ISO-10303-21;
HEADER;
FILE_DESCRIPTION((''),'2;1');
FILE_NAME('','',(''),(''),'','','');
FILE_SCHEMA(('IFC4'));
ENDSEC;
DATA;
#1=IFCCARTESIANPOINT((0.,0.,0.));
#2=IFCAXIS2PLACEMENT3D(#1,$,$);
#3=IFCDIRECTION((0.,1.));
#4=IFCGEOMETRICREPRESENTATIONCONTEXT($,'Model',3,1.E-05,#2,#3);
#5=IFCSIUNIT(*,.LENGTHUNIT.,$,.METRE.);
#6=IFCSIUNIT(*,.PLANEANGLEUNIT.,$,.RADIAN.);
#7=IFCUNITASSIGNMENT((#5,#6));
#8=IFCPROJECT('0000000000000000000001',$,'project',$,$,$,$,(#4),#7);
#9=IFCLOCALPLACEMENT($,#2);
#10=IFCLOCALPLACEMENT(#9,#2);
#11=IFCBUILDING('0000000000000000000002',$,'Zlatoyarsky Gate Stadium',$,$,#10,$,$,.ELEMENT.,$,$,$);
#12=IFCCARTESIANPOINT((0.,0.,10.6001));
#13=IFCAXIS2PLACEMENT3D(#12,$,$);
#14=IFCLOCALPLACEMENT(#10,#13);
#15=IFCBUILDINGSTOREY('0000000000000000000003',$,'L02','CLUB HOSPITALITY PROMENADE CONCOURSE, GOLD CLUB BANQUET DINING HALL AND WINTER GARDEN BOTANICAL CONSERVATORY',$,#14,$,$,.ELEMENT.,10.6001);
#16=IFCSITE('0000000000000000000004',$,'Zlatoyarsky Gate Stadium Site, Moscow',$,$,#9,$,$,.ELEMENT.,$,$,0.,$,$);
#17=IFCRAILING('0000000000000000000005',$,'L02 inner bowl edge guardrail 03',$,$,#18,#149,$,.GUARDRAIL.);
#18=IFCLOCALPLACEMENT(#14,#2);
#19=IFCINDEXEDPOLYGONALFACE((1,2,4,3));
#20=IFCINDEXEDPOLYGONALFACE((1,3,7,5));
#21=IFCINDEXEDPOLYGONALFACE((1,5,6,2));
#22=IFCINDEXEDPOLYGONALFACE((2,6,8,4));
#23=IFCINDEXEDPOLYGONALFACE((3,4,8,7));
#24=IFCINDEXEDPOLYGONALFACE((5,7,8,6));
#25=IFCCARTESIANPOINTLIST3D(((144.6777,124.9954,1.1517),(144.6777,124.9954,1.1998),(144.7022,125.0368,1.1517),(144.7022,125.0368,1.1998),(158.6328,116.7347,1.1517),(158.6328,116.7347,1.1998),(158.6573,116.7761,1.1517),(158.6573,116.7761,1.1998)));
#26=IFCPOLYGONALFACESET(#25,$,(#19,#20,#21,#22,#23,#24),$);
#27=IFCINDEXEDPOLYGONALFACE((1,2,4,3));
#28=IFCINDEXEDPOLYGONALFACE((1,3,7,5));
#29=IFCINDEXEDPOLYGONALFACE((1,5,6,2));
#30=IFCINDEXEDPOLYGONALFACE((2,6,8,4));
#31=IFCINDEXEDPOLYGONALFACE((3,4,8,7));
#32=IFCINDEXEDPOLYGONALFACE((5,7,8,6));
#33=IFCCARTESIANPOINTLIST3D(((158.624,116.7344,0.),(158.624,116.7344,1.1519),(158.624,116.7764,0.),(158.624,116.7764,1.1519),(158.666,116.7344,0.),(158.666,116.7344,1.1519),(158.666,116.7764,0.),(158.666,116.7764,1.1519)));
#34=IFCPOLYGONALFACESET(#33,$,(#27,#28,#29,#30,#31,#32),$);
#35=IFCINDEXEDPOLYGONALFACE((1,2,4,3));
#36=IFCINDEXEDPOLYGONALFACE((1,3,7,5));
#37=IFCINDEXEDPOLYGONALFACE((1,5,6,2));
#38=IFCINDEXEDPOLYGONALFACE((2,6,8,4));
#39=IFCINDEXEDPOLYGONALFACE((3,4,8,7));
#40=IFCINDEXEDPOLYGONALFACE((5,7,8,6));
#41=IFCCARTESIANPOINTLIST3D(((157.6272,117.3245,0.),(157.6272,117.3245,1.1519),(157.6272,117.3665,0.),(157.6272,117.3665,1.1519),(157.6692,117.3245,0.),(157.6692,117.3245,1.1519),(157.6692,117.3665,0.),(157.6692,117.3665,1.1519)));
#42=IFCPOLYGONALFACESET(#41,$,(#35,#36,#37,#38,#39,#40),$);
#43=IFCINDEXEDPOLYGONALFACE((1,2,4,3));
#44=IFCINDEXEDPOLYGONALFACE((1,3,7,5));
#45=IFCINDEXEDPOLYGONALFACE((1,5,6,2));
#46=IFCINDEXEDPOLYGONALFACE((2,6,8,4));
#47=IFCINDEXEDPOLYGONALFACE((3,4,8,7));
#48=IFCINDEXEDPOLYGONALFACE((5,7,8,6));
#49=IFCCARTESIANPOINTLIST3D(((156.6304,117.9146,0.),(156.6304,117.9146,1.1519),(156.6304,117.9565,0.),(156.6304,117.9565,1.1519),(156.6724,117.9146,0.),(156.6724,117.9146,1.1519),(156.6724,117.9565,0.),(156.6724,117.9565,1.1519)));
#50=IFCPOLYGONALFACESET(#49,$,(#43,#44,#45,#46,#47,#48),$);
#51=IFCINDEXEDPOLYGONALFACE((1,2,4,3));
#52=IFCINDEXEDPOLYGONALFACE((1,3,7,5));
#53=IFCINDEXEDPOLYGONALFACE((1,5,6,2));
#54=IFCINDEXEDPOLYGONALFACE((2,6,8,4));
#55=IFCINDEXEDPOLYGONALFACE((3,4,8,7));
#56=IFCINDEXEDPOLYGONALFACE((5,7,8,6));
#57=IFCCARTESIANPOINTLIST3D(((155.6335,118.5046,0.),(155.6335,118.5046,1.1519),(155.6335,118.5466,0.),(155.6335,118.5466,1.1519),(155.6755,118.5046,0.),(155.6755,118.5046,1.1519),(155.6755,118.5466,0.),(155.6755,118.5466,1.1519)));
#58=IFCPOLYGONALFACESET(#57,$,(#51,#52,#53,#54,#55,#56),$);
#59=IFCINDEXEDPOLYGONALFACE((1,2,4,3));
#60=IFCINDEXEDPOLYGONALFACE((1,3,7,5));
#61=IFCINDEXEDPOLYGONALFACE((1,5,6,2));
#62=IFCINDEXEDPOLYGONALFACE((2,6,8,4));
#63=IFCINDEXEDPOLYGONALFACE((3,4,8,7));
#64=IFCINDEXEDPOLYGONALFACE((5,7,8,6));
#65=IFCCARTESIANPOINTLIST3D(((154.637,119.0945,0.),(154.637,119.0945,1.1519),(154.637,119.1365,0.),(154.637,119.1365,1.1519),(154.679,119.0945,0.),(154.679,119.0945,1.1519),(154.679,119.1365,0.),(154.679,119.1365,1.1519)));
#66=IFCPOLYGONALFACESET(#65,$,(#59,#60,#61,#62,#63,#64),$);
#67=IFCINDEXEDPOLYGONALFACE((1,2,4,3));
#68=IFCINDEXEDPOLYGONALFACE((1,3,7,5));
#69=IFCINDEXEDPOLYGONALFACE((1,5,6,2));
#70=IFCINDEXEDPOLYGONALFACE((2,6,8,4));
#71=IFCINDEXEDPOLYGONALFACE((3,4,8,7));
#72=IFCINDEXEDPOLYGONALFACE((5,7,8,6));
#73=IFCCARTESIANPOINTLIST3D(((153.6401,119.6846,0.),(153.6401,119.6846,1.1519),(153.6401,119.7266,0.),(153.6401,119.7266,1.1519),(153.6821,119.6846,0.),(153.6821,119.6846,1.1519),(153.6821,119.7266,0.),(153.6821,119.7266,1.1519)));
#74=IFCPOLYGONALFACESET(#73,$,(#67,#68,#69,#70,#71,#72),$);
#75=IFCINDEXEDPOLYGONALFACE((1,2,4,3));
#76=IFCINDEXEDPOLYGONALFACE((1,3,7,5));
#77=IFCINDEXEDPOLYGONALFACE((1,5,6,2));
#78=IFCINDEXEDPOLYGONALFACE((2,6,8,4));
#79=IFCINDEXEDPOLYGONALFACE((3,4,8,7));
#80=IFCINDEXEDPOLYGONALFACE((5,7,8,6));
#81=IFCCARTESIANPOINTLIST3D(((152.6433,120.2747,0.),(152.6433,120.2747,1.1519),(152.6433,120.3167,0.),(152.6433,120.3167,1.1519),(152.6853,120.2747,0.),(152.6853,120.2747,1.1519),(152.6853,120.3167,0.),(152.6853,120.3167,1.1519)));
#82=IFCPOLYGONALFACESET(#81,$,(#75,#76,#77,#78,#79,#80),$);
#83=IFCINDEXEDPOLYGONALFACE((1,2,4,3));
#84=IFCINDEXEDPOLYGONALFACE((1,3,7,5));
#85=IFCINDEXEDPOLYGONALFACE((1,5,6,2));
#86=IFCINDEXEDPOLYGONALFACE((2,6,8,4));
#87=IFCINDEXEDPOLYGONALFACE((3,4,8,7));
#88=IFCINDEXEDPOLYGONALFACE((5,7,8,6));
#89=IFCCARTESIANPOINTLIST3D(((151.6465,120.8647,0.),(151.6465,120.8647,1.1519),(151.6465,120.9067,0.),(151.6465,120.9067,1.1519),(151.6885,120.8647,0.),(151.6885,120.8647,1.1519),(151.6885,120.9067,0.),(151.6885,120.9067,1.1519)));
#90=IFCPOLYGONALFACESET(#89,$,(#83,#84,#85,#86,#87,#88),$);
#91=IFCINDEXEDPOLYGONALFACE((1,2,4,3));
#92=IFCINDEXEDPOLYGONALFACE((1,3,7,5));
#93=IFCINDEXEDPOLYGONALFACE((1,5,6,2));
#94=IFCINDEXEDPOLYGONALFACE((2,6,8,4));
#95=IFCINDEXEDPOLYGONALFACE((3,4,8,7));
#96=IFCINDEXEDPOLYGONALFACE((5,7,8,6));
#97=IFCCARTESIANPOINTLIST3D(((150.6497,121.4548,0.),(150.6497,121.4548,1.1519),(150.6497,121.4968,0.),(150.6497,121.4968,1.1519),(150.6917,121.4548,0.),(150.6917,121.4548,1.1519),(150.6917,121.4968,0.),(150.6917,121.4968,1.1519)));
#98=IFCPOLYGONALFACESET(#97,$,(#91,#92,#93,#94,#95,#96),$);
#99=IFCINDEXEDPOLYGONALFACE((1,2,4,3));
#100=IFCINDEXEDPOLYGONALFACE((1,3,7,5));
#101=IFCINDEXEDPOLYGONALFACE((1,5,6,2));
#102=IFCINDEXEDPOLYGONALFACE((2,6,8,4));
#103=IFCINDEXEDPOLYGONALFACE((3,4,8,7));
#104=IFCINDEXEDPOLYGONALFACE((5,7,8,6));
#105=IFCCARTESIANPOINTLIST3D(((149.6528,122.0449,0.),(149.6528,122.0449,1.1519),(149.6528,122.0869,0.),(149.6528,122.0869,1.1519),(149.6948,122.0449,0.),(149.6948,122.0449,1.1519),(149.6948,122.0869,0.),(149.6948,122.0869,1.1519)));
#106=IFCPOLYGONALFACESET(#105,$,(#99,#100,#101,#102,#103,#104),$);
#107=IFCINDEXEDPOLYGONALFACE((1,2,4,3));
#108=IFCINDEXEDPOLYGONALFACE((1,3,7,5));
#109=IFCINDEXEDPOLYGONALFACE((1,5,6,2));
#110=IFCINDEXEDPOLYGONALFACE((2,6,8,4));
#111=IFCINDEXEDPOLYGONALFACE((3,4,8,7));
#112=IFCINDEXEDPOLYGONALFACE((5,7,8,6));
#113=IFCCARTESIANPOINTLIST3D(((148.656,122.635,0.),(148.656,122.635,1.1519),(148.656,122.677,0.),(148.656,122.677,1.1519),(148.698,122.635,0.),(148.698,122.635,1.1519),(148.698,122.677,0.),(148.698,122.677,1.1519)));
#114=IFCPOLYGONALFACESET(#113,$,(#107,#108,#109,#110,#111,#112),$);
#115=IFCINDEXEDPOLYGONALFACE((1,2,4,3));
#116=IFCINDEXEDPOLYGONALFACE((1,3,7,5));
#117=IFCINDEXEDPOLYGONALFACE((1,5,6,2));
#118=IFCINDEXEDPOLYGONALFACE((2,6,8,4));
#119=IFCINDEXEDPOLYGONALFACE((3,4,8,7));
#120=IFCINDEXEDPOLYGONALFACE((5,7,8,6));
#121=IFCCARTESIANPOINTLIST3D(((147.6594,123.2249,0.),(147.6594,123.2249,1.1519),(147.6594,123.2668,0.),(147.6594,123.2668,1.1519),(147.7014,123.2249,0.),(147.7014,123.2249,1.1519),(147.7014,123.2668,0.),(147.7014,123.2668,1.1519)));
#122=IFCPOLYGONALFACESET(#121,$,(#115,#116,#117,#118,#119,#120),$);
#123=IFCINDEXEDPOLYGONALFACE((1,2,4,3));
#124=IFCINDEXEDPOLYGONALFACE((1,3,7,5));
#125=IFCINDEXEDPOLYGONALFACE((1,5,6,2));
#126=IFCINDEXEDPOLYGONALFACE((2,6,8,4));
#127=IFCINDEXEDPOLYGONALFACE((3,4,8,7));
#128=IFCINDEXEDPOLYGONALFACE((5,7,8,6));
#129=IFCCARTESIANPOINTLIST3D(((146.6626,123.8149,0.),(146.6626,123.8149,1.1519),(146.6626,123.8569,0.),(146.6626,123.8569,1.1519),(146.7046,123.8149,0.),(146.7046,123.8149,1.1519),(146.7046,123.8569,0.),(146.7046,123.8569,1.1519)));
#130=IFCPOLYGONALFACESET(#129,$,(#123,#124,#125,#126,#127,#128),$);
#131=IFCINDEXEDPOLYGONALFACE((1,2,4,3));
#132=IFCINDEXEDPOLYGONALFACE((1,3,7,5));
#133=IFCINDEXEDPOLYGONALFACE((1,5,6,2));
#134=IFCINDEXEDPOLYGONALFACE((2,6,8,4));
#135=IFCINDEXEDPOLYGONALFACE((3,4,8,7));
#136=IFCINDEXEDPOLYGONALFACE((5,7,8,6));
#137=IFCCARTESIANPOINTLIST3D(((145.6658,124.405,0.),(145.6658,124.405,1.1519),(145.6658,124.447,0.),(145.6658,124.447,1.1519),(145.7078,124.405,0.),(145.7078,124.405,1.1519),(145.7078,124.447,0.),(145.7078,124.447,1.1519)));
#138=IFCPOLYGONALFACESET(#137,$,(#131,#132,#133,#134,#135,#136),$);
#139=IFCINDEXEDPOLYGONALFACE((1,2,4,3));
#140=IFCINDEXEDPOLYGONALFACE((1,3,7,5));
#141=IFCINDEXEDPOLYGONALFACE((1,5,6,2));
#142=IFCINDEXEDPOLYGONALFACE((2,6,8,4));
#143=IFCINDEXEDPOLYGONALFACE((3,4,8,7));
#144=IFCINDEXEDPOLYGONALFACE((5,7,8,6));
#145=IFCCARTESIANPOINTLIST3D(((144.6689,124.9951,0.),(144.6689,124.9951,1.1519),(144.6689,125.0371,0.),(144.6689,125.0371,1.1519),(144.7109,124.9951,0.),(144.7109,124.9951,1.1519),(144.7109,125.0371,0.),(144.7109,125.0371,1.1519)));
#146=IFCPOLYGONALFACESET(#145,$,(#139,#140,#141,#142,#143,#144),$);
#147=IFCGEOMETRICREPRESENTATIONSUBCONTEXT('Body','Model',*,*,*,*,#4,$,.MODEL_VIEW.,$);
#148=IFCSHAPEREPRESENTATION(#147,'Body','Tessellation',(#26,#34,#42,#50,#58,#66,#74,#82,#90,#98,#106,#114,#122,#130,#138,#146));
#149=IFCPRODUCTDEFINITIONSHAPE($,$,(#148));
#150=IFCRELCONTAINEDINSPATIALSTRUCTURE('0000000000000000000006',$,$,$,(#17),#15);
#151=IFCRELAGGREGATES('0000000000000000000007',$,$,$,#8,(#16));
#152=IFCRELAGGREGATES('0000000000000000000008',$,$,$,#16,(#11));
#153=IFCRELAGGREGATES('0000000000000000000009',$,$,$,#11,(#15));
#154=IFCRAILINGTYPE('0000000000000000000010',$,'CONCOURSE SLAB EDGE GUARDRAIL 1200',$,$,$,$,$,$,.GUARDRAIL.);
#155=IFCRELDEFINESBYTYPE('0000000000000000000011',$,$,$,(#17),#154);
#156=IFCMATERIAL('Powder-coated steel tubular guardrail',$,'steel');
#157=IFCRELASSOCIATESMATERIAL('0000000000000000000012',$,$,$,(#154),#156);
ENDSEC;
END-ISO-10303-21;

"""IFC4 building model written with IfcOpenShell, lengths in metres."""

from ifc_helpers import new_model, si_unit, direction, frame, origin, origin_2d, place, context, subcontext, project, spatial, rectangle, extrude, material, type_object, element, save


model = new_model("IFC4")

# Units and contexts
model_context = context("Model", 3, precision=1e-05, world=origin(), true_north=direction((0.0, 1.0)))
body_context = subcontext(model_context, "Body", "Model", "MODEL_VIEW")
ifc_project = project(units=[si_unit("LENGTHUNIT", "METRE"), si_unit("PLANEANGLEUNIT", "RADIAN")], contexts=[model_context])

# Site, building, storey
site_placement = place(None, origin())
site = spatial("IfcSite", under=ifc_project, at=site_placement, Name="Zlatoyarsky Gate Stadium Site, Moscow", CompositionType="ELEMENT", RefElevation=0.0)
building_placement = place(site_placement, origin())
building = spatial("IfcBuilding", under=site, at=building_placement, Name="Zlatoyarsky Gate Stadium", CompositionType="ELEMENT")
storey_placement = place(building_placement, frame((0.0, 0.0, 10.6001)))
storey = spatial("IfcBuildingStorey", under=building, at=storey_placement, Name="L02", Description="CLUB HOSPITALITY PROMENADE CONCOURSE, GOLD CLUB BANQUET DINING HALL AND WINTER GARDEN BOTANICAL CONSERVATORY", CompositionType="ELEMENT", Elevation=10.6001)

# Railing
ifc_material_1 = material(Name="Powder-coated steel tubular guardrail", Category="steel")
railing_type = type_object("IfcRailingType", Name="CONCOURSE SLAB EDGE GUARDRAIL 1200", PredefinedType="GUARDRAIL", material=ifc_material_1)
railing_1_placement = place(storey_placement, frame((158.645, 116.7554, 0.0)))
element("IfcRailing", 1, at=railing_1_placement, inside=storey, type_object=railing_type, Name="L02 inner bowl edge guardrail 03", PredefinedType="GUARDRAIL", context=body_context, shape_type="SweptSolid", body=[
    extrude(rectangle(XDim=0.0481, YDim=0.0481, at=origin_2d()), frame((0.0, 0.0, 1.1758), z_axis=(-0.860533, 0.509395, 0.0), x_axis=(-0.509395, -0.860533, 0.0)), (0.0, 0.0, 1.0), 16.2168),
    extrude(rectangle(XDim=0.042, YDim=0.042, at=origin_2d()), origin(), (0.0, 0.0, 1.0), 1.1519),
    extrude(rectangle(XDim=0.042, YDim=0.042, at=origin_2d()), frame((-0.9968, 0.5901, 0.0)), (0.0, 0.0, 1.0), 1.1519),
    extrude(rectangle(XDim=0.042, YDim=0.042, at=origin_2d()), frame((-1.9937, 1.1802, 0.0)), (0.0, 0.0, 1.0), 1.1519),
    extrude(rectangle(XDim=0.042, YDim=0.042, at=origin_2d()), frame((-2.9905, 1.7703, 0.0)), (0.0, 0.0, 1.0), 1.1519),
    extrude(rectangle(XDim=0.042, YDim=0.042, at=origin_2d()), frame((-3.9871, 2.3601, 0.0)), (0.0, 0.0, 1.0), 1.1519),
    extrude(rectangle(XDim=0.042, YDim=0.042, at=origin_2d()), frame((-4.9839, 2.9502, 0.0)), (0.0, 0.0, 1.0), 1.1519),
    extrude(rectangle(XDim=0.042, YDim=0.042, at=origin_2d()), frame((-5.9807, 3.5403, 0.0)), (0.0, 0.0, 1.0), 1.1519),
    extrude(rectangle(XDim=0.042, YDim=0.042, at=origin_2d()), frame((-6.9775, 4.1304, 0.0)), (0.0, 0.0, 1.0), 1.1519),
    extrude(rectangle(XDim=0.042, YDim=0.042, at=origin_2d()), frame((-7.9744, 4.7205, 0.0)), (0.0, 0.0, 1.0), 1.1519),
    extrude(rectangle(XDim=0.042, YDim=0.042, at=origin_2d()), frame((-8.9712, 5.3105, 0.0)), (0.0, 0.0, 1.0), 1.1519),
    extrude(rectangle(XDim=0.042, YDim=0.042, at=origin_2d()), frame((-9.968, 5.9006, 0.0)), (0.0, 0.0, 1.0), 1.1519),
    extrude(rectangle(XDim=0.042, YDim=0.042, at=origin_2d()), frame((-10.9646, 6.4905, 0.0)), (0.0, 0.0, 1.0), 1.1519),
    extrude(rectangle(XDim=0.042, YDim=0.042, at=origin_2d()), frame((-11.9614, 7.0806, 0.0)), (0.0, 0.0, 1.0), 1.1519),
    extrude(rectangle(XDim=0.042, YDim=0.042, at=origin_2d()), frame((-12.9583, 7.6707, 0.0)), (0.0, 0.0, 1.0), 1.1519),
    extrude(rectangle(XDim=0.042, YDim=0.042, at=origin_2d()), frame((-13.9551, 8.2607, 0.0)), (0.0, 0.0, 1.0), 1.1519),
])

save(model, "model.ifc")
